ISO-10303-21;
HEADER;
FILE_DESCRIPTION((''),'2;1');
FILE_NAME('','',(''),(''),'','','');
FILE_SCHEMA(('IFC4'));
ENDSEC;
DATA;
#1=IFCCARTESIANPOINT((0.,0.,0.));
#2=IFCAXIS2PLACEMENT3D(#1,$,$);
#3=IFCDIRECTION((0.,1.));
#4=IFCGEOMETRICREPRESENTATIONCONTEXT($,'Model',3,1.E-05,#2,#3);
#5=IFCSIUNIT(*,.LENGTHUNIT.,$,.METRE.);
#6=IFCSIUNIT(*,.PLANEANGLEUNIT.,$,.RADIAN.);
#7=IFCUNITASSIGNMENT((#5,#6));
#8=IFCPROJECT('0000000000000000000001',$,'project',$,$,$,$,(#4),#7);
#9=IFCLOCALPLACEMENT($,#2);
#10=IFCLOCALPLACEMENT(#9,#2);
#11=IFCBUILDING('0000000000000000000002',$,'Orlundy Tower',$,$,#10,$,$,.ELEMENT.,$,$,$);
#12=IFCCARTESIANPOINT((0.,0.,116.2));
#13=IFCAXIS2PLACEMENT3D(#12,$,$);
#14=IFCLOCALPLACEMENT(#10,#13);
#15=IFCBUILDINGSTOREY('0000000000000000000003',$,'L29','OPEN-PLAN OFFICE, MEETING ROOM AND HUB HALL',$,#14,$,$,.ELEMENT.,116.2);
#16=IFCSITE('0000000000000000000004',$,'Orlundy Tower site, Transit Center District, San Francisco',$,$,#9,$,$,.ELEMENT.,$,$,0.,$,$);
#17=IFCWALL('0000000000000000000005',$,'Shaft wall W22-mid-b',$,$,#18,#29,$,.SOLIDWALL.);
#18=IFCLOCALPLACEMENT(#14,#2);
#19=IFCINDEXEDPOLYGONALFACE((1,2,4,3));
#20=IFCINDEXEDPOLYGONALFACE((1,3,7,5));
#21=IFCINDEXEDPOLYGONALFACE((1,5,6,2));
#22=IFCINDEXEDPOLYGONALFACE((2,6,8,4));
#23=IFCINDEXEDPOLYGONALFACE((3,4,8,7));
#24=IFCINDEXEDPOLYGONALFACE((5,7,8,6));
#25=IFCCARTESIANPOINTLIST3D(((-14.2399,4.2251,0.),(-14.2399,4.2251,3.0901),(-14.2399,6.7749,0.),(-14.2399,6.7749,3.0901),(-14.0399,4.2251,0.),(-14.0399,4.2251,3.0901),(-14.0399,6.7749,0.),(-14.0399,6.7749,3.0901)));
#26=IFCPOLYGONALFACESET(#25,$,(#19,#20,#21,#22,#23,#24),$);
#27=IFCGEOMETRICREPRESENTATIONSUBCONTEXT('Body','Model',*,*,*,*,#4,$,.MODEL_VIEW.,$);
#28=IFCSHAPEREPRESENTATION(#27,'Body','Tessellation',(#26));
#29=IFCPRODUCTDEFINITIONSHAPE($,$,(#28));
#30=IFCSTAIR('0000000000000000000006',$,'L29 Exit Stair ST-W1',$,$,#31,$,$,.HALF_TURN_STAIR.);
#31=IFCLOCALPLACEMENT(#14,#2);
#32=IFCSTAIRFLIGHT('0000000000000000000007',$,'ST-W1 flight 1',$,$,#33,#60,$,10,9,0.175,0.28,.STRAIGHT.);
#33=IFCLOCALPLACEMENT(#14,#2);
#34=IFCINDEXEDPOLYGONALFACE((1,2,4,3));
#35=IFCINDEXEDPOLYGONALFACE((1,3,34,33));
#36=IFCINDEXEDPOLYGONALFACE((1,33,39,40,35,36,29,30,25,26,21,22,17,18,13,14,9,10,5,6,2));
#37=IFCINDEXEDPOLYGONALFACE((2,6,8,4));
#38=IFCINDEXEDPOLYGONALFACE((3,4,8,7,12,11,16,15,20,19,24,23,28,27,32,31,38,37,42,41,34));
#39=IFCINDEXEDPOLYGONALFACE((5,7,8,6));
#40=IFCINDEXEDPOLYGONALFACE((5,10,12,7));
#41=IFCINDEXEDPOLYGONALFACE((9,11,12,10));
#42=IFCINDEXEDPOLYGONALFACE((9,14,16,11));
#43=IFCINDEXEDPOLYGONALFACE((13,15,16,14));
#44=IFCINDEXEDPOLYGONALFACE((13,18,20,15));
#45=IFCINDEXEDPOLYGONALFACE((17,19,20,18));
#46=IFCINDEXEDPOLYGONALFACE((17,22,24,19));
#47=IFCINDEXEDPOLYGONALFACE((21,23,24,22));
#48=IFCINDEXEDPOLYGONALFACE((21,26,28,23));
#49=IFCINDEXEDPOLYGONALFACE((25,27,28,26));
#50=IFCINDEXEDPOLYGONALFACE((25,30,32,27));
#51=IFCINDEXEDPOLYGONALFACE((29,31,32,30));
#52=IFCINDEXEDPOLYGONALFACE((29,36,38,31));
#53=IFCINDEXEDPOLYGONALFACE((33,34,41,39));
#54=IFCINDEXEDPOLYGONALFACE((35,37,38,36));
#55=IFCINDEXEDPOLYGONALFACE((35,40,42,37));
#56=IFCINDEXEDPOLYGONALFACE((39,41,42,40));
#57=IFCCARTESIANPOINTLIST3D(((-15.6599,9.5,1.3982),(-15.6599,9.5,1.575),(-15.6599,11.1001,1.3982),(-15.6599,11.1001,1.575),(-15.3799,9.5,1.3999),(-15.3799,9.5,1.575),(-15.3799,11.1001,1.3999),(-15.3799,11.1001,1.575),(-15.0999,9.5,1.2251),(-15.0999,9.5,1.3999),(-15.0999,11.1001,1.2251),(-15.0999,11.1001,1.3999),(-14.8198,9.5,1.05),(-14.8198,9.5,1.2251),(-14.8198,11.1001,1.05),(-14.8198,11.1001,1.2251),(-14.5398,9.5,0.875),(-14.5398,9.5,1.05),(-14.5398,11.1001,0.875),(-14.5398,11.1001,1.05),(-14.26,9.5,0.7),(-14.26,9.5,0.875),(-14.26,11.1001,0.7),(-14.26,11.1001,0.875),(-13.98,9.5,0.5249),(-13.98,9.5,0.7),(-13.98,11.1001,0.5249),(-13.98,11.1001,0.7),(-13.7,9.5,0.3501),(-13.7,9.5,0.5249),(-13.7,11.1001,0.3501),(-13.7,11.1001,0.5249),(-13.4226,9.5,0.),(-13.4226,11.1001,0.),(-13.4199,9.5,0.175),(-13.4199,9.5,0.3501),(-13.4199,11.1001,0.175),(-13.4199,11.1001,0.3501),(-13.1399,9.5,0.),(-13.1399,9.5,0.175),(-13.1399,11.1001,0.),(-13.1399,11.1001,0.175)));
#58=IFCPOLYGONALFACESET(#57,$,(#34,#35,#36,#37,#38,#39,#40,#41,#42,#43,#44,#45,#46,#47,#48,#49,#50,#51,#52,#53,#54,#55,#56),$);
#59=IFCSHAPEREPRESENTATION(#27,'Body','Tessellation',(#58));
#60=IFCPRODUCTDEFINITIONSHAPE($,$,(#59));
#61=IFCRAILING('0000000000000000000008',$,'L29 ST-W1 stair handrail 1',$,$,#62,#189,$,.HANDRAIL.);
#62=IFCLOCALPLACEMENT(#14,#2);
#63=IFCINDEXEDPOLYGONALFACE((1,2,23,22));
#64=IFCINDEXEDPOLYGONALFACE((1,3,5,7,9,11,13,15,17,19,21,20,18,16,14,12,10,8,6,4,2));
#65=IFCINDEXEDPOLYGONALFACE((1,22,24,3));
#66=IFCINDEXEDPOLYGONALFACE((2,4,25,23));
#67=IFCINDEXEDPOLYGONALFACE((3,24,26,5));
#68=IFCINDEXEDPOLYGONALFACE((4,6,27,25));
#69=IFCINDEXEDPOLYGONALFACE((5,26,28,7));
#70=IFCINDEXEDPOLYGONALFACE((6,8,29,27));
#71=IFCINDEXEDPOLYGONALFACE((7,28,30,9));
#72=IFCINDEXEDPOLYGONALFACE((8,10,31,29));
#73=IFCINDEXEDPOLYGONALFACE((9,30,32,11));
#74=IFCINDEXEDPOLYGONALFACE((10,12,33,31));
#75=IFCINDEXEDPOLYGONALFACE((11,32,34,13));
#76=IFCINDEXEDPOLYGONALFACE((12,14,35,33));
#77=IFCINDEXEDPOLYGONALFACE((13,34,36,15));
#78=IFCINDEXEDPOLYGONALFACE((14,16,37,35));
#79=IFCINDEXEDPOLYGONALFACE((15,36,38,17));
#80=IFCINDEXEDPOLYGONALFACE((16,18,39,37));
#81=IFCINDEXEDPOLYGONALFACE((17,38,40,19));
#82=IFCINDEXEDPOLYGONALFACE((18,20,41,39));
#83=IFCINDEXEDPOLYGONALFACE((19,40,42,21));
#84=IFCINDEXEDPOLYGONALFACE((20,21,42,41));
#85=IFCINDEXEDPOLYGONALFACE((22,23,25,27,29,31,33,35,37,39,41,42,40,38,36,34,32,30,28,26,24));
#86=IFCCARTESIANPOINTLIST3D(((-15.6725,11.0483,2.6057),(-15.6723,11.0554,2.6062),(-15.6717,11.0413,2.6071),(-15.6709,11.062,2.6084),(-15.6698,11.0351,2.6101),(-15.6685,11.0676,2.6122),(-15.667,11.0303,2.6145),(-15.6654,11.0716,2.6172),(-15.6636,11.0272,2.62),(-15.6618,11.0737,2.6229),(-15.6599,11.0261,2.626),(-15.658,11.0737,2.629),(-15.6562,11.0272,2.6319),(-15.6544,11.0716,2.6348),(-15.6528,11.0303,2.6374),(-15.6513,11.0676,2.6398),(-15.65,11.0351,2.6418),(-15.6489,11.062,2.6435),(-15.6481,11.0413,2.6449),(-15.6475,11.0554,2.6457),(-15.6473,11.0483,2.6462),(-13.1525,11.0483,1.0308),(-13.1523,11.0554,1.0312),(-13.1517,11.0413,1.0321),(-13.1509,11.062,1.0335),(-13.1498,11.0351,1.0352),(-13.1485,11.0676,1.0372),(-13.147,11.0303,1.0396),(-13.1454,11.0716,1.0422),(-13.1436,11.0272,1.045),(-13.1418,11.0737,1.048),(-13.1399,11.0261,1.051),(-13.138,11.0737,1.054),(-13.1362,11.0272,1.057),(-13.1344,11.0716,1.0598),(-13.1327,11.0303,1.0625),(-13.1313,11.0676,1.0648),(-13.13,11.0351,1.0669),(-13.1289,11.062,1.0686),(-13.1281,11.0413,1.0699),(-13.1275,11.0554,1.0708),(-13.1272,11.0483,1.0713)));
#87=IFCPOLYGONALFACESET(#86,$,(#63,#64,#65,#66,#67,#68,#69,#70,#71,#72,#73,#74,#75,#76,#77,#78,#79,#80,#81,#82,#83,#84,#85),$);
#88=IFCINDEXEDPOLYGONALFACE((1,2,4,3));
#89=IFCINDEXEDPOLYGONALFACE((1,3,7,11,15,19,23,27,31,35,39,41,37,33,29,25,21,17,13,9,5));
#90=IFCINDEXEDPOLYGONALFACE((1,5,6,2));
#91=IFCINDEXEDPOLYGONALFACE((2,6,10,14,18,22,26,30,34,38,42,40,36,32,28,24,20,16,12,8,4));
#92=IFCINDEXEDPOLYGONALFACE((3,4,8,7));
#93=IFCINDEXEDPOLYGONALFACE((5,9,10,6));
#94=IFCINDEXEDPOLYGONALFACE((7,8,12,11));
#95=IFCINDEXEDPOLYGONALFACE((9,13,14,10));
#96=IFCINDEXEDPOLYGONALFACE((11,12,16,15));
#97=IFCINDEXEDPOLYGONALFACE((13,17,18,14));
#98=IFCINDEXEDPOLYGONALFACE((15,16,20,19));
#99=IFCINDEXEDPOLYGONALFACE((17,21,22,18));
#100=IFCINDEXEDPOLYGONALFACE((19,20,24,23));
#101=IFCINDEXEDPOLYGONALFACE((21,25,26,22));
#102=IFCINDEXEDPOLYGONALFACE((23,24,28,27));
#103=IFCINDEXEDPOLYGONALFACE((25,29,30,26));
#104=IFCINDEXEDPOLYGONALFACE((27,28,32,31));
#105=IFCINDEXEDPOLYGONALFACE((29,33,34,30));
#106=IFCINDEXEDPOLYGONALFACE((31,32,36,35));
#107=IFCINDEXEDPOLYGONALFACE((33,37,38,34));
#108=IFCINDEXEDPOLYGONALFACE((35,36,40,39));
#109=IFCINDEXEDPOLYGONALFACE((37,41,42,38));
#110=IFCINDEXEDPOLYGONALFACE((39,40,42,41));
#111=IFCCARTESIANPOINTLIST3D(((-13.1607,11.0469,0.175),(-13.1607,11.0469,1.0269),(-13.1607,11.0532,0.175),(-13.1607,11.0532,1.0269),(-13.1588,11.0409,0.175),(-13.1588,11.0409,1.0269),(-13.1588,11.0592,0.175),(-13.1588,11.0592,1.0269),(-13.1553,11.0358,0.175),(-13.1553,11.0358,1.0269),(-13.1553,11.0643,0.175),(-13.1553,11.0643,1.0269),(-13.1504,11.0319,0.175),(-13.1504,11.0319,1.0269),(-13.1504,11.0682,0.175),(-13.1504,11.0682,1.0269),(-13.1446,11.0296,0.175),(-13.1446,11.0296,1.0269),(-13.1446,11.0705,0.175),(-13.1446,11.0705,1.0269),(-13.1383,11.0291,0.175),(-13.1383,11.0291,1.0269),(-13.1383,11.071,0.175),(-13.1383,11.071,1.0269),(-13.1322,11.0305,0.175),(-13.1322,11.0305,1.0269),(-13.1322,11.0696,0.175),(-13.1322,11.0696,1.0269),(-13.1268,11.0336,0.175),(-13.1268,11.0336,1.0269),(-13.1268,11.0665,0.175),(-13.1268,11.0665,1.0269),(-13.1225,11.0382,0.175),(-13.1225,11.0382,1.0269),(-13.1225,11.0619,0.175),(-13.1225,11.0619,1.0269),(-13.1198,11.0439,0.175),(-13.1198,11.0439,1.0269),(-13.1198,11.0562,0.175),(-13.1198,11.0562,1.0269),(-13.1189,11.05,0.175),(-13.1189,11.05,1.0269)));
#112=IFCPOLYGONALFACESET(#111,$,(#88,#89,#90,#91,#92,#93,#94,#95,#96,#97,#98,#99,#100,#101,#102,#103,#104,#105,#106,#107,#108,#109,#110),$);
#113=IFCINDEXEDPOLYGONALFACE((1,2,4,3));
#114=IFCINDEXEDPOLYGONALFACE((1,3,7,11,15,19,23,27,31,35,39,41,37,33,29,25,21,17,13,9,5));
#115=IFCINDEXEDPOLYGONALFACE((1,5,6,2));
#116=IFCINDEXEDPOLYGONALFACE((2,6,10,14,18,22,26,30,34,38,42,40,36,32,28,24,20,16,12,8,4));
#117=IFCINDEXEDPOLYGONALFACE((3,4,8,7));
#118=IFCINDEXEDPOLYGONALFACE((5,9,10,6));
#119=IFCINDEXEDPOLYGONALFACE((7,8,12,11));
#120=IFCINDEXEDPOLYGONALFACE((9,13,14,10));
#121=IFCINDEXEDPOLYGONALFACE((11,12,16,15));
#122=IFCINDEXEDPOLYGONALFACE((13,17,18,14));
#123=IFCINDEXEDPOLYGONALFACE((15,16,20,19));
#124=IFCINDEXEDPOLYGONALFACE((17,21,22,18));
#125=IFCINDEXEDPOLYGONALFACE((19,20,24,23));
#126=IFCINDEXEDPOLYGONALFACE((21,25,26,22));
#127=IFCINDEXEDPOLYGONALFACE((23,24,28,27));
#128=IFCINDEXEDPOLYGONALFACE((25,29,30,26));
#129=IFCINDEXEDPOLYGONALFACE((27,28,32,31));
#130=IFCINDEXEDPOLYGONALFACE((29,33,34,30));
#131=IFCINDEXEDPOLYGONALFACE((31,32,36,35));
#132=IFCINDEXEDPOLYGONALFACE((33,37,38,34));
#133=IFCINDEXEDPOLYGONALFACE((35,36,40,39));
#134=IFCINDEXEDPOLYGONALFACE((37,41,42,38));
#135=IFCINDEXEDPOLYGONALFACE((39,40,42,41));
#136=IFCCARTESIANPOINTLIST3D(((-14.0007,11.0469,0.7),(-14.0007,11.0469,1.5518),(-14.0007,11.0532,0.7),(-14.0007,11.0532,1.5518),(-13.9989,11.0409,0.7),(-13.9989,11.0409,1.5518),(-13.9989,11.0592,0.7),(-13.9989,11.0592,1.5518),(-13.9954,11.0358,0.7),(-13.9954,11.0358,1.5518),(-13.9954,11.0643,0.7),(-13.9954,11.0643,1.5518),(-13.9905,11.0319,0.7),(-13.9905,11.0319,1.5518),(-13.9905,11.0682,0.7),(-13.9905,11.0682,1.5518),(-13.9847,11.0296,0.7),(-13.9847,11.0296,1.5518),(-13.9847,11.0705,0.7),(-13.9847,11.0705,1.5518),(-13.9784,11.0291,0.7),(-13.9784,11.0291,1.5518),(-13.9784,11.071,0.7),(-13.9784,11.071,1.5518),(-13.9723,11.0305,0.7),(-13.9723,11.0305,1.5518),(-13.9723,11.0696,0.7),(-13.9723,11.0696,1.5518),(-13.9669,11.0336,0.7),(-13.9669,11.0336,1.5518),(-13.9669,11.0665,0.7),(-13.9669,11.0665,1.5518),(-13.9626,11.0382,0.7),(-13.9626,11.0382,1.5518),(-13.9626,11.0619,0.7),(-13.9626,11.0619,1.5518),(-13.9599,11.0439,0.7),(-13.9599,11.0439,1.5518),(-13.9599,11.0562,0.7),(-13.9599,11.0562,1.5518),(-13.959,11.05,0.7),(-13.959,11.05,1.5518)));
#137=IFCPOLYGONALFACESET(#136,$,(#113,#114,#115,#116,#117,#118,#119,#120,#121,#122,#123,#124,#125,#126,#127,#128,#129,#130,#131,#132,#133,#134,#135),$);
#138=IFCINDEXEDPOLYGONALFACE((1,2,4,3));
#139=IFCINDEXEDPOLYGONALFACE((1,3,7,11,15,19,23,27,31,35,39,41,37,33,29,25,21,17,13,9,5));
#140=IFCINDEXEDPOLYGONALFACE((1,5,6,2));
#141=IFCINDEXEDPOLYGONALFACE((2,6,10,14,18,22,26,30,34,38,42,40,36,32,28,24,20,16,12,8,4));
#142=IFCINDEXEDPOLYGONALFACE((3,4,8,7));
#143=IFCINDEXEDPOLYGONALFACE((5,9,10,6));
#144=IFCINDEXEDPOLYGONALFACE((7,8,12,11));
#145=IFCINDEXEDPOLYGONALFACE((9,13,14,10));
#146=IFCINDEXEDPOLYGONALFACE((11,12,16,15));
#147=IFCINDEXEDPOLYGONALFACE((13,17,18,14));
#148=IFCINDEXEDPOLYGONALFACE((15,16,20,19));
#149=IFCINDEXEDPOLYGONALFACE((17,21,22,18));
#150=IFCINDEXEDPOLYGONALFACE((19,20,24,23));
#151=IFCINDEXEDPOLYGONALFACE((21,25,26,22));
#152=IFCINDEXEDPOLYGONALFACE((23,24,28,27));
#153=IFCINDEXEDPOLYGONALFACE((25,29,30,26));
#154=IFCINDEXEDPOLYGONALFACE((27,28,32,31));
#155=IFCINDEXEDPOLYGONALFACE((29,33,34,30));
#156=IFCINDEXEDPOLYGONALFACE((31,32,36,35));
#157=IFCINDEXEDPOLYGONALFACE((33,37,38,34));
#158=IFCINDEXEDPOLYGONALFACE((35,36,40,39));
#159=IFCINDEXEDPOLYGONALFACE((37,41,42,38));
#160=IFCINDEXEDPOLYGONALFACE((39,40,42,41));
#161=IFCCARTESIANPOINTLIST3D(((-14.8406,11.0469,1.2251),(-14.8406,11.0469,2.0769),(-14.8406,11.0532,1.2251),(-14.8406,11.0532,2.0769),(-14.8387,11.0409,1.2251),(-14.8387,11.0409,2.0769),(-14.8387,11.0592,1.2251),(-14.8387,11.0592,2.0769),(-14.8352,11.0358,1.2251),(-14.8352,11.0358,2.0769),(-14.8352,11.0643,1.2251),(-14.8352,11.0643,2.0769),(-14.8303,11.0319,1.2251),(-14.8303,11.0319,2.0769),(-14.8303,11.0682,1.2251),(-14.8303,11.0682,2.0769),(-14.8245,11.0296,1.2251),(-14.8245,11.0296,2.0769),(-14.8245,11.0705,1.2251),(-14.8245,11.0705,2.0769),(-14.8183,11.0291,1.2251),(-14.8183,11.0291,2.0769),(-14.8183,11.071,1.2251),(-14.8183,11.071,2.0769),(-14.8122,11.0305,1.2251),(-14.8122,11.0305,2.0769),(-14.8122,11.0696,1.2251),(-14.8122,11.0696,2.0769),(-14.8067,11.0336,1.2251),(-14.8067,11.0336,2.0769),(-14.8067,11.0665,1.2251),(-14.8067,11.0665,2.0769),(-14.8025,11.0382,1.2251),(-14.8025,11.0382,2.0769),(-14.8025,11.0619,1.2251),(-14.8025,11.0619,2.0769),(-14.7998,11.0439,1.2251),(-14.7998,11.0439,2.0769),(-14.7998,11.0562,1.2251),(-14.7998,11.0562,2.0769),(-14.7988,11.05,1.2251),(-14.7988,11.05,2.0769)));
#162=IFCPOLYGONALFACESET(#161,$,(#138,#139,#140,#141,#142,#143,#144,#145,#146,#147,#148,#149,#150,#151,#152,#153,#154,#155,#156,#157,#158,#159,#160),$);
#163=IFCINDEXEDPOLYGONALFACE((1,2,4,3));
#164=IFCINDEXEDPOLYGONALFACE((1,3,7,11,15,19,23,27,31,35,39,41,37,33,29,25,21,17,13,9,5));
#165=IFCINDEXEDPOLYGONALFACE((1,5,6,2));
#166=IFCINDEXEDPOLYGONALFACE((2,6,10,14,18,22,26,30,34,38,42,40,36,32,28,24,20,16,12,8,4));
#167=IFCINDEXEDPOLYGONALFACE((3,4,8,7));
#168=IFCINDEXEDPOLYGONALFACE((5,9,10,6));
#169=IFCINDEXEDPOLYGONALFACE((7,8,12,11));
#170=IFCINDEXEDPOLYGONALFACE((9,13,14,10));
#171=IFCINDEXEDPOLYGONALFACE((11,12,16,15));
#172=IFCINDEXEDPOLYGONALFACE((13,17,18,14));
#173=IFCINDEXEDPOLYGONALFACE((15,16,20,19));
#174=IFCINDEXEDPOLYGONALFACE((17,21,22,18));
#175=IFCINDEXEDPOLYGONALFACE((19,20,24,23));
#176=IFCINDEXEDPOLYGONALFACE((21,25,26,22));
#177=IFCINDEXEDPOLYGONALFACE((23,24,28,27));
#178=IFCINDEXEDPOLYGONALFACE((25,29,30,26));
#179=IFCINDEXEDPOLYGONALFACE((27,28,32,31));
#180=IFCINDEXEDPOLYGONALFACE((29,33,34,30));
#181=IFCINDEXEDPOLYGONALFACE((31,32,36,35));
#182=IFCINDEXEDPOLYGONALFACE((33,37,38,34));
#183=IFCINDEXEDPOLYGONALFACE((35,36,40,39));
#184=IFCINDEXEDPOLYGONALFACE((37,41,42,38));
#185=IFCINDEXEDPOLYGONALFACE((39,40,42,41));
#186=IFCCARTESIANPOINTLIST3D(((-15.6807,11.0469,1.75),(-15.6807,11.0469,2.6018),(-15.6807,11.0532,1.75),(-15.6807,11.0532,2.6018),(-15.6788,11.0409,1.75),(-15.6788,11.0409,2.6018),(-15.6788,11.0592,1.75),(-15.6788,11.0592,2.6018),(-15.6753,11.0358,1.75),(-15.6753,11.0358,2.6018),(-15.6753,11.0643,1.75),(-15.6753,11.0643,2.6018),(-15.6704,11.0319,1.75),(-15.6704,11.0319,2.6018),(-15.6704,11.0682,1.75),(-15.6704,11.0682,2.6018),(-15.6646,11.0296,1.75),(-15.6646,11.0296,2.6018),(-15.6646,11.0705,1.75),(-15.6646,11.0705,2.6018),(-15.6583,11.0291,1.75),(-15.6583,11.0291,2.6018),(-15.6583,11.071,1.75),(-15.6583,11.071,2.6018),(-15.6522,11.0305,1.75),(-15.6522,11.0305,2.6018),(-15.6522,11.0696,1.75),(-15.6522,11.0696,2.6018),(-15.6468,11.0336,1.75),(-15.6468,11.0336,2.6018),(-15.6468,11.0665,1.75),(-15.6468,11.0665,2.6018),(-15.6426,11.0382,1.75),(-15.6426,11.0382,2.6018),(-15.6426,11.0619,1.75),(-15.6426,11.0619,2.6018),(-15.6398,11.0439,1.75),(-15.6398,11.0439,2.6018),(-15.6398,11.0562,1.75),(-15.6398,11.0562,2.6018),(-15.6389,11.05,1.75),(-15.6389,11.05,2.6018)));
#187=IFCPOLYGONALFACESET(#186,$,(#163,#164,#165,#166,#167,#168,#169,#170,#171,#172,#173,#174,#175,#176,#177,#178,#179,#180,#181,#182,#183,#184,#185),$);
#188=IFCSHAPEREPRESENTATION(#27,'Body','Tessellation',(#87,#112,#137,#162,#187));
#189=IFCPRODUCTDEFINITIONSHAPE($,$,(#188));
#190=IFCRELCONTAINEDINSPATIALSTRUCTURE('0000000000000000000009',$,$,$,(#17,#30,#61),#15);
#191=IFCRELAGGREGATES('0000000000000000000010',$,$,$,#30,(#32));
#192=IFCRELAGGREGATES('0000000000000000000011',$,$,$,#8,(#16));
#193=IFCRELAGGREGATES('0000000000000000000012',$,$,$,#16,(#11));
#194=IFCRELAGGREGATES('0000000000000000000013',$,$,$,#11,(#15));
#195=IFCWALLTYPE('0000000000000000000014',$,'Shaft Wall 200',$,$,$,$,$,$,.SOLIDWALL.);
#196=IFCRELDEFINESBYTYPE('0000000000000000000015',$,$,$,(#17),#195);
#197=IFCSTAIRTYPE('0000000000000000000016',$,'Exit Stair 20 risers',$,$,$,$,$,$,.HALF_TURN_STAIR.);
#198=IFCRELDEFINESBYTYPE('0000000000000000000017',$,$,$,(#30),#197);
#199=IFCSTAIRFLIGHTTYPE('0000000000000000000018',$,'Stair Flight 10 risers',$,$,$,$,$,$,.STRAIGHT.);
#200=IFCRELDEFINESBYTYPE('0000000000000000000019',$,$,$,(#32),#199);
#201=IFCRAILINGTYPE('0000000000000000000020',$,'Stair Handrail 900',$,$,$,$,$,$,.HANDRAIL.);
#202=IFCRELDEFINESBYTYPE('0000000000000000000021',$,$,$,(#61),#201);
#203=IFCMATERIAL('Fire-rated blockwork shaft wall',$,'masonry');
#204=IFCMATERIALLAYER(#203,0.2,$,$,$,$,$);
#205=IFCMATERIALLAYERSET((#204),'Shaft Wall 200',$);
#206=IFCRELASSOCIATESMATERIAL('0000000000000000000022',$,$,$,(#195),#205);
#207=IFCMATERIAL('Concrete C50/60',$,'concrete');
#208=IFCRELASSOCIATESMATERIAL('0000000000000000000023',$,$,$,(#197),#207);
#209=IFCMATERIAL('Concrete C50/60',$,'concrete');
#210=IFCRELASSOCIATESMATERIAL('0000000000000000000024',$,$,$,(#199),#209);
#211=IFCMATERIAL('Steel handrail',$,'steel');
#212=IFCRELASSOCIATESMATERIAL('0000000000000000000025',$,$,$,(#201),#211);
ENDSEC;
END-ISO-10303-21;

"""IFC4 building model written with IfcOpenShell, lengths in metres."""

from ifc_helpers import new_model, si_unit, direction, frame, frame_2d, origin, origin_2d, place, context, subcontext, project, spatial, polyline, rectangle, circle, outline, extrude, material, layer, layer_set, type_object, element, aggregate, save


model = new_model("IFC4")

# Units and contexts
model_context = context("Model", 3, precision=1e-05, world=origin(), true_north=direction((0.0, 1.0)))
body_context = subcontext(model_context, "Body", "Model", "MODEL_VIEW")
ifc_project = project(units=[si_unit("LENGTHUNIT", "METRE"), si_unit("PLANEANGLEUNIT", "RADIAN")], contexts=[model_context])

# Site, building, storey
site_placement = place(None, origin())
site = spatial("IfcSite", under=ifc_project, at=site_placement, Name="Orlundy Tower site, Transit Center District, San Francisco", CompositionType="ELEMENT", RefElevation=0.0)
building_placement = place(site_placement, origin())
building = spatial("IfcBuilding", under=site, at=building_placement, Name="Orlundy Tower", CompositionType="ELEMENT")
storey_placement = place(building_placement, frame((0.0, 0.0, 116.2)))
storey = spatial("IfcBuildingStorey", under=building, at=storey_placement, Name="L29", Description="OPEN-PLAN OFFICE, MEETING ROOM AND HUB HALL", CompositionType="ELEMENT", Elevation=116.2)

# Wall
ifc_material_1 = material(Name="Fire-rated blockwork shaft wall", Category="masonry")
ifc_layer_1 = layer(ifc_material_1, 0.2)
ifc_layer_set_1 = layer_set([ifc_layer_1], Name="Shaft Wall 200")
wall_type_1 = type_object("IfcWallType", Name="Shaft Wall 200", PredefinedType="SOLIDWALL", material=ifc_layer_set_1)
wall_1_placement = place(storey_placement, frame((-14.1399, 4.2251, 0.0), z_axis=(0.0, 0.0, 1.0), x_axis=(0.0, 1.0, 0.0)))
element("IfcWall", 1, at=wall_1_placement, inside=storey, type_object=wall_type_1, Name="Shaft wall W22-mid-b", PredefinedType="SOLIDWALL", context=body_context, shape_type="SweptSolid", body=[
    extrude(rectangle(XDim=2.5498, YDim=0.2, at=frame_2d((1.2749, 0.0))), origin(), (0.0, 0.0, 1.0), 3.0901),
])

# Stair, stair flight
ifc_material_2 = material(Name="Concrete C50/60", Category="concrete")
stair_type = type_object("IfcStairType", Name="Exit Stair 20 risers", PredefinedType="HALF_TURN_STAIR", material=ifc_material_2)
stair_placement = place(storey_placement, origin())
stair = element("IfcStair", 2, at=stair_placement, inside=storey, type_object=stair_type, Name="L29 Exit Stair ST-W1", PredefinedType="HALF_TURN_STAIR")
ifc_material_3 = material(Name="Concrete C50/60", Category="concrete")
stair_flight_type = type_object("IfcStairFlightType", Name="Stair Flight 10 risers", PredefinedType="STRAIGHT", material=ifc_material_3)
stair_flight_placement = place(storey_placement, frame((-13.1399, 10.3, 0.0), z_axis=(0.0, 0.0, 1.0), x_axis=(-1.0, 0.0, 0.0)))
stair_flight = element("IfcStairFlight", 3, at=stair_flight_placement, type_object=stair_flight_type, Name="ST-W1 flight 1", NumberOfRisers=10, NumberOfTreads=9, PredefinedType="STRAIGHT", RiserHeight=0.175, TreadLength=0.28, context=body_context, shape_type="SweptSolid", body=[
    extrude(outline(polyline([(0.0, 0.0), (0.0, 0.175), (0.28, 0.175), (0.28, 0.3501), (0.5601, 0.3501), (0.5601, 0.5249), (0.8401, 0.5249), (0.8401, 0.7), (1.1201, 0.7), (1.1201, 0.875), (1.3999, 0.875), (1.3999, 1.05), (1.6799, 1.05), (1.6799, 1.2251), (1.96, 1.2251), (1.96, 1.3999), (2.24, 1.3999), (2.24, 1.575), (2.52, 1.575), (2.52, 1.75), (2.52, 1.3982), (0.2827, 0.0), (0.0, 0.0)])), frame((0.0, 0.8, 0.0), z_axis=(0.0, -1.0, 0.0), x_axis=(1.0, 0.0, 0.0)), (0.0, 0.0, 1.0), 1.6001),
])
aggregate(stair, [stair_flight])

# Railing
ifc_material_4 = material(Name="Steel handrail", Category="steel")
railing_type_1 = type_object("IfcRailingType", Name="Stair Handrail 900", PredefinedType="HANDRAIL", material=ifc_material_4)
railing_1_placement = place(storey_placement, frame((-13.1399, 11.05, 0.175)))
element("IfcRailing", 4, at=railing_1_placement, inside=storey, type_object=railing_type_1, Name="L29 ST-W1 stair handrail 1", PredefinedType="HANDRAIL", context=body_context, shape_type="SweptSolid", body=[
    extrude(circle(Radius=0.0239, at=origin_2d()), frame((0.0, 0.0, 0.876), z_axis=(-0.848008, 0.0, 0.529984), x_axis=(0.0, -1.0, 0.0)), (0.0, 0.0, 1.0), 2.9717),
    extrude(circle(Radius=0.021, at=origin_2d()), origin(), (0.0, 0.0, 1.0), 0.8518),
    extrude(circle(Radius=0.021, at=origin_2d()), frame((-0.8401, 0.0, 0.5249)), (0.0, 0.0, 1.0), 0.8518),
    extrude(circle(Radius=0.021, at=origin_2d()), frame((-1.6799, 0.0, 1.05)), (0.0, 0.0, 1.0), 0.8518),
    extrude(circle(Radius=0.021, at=origin_2d()), frame((-2.52, 0.0, 1.575)), (0.0, 0.0, 1.0), 0.8518),
])

save(model, "model.ifc")
